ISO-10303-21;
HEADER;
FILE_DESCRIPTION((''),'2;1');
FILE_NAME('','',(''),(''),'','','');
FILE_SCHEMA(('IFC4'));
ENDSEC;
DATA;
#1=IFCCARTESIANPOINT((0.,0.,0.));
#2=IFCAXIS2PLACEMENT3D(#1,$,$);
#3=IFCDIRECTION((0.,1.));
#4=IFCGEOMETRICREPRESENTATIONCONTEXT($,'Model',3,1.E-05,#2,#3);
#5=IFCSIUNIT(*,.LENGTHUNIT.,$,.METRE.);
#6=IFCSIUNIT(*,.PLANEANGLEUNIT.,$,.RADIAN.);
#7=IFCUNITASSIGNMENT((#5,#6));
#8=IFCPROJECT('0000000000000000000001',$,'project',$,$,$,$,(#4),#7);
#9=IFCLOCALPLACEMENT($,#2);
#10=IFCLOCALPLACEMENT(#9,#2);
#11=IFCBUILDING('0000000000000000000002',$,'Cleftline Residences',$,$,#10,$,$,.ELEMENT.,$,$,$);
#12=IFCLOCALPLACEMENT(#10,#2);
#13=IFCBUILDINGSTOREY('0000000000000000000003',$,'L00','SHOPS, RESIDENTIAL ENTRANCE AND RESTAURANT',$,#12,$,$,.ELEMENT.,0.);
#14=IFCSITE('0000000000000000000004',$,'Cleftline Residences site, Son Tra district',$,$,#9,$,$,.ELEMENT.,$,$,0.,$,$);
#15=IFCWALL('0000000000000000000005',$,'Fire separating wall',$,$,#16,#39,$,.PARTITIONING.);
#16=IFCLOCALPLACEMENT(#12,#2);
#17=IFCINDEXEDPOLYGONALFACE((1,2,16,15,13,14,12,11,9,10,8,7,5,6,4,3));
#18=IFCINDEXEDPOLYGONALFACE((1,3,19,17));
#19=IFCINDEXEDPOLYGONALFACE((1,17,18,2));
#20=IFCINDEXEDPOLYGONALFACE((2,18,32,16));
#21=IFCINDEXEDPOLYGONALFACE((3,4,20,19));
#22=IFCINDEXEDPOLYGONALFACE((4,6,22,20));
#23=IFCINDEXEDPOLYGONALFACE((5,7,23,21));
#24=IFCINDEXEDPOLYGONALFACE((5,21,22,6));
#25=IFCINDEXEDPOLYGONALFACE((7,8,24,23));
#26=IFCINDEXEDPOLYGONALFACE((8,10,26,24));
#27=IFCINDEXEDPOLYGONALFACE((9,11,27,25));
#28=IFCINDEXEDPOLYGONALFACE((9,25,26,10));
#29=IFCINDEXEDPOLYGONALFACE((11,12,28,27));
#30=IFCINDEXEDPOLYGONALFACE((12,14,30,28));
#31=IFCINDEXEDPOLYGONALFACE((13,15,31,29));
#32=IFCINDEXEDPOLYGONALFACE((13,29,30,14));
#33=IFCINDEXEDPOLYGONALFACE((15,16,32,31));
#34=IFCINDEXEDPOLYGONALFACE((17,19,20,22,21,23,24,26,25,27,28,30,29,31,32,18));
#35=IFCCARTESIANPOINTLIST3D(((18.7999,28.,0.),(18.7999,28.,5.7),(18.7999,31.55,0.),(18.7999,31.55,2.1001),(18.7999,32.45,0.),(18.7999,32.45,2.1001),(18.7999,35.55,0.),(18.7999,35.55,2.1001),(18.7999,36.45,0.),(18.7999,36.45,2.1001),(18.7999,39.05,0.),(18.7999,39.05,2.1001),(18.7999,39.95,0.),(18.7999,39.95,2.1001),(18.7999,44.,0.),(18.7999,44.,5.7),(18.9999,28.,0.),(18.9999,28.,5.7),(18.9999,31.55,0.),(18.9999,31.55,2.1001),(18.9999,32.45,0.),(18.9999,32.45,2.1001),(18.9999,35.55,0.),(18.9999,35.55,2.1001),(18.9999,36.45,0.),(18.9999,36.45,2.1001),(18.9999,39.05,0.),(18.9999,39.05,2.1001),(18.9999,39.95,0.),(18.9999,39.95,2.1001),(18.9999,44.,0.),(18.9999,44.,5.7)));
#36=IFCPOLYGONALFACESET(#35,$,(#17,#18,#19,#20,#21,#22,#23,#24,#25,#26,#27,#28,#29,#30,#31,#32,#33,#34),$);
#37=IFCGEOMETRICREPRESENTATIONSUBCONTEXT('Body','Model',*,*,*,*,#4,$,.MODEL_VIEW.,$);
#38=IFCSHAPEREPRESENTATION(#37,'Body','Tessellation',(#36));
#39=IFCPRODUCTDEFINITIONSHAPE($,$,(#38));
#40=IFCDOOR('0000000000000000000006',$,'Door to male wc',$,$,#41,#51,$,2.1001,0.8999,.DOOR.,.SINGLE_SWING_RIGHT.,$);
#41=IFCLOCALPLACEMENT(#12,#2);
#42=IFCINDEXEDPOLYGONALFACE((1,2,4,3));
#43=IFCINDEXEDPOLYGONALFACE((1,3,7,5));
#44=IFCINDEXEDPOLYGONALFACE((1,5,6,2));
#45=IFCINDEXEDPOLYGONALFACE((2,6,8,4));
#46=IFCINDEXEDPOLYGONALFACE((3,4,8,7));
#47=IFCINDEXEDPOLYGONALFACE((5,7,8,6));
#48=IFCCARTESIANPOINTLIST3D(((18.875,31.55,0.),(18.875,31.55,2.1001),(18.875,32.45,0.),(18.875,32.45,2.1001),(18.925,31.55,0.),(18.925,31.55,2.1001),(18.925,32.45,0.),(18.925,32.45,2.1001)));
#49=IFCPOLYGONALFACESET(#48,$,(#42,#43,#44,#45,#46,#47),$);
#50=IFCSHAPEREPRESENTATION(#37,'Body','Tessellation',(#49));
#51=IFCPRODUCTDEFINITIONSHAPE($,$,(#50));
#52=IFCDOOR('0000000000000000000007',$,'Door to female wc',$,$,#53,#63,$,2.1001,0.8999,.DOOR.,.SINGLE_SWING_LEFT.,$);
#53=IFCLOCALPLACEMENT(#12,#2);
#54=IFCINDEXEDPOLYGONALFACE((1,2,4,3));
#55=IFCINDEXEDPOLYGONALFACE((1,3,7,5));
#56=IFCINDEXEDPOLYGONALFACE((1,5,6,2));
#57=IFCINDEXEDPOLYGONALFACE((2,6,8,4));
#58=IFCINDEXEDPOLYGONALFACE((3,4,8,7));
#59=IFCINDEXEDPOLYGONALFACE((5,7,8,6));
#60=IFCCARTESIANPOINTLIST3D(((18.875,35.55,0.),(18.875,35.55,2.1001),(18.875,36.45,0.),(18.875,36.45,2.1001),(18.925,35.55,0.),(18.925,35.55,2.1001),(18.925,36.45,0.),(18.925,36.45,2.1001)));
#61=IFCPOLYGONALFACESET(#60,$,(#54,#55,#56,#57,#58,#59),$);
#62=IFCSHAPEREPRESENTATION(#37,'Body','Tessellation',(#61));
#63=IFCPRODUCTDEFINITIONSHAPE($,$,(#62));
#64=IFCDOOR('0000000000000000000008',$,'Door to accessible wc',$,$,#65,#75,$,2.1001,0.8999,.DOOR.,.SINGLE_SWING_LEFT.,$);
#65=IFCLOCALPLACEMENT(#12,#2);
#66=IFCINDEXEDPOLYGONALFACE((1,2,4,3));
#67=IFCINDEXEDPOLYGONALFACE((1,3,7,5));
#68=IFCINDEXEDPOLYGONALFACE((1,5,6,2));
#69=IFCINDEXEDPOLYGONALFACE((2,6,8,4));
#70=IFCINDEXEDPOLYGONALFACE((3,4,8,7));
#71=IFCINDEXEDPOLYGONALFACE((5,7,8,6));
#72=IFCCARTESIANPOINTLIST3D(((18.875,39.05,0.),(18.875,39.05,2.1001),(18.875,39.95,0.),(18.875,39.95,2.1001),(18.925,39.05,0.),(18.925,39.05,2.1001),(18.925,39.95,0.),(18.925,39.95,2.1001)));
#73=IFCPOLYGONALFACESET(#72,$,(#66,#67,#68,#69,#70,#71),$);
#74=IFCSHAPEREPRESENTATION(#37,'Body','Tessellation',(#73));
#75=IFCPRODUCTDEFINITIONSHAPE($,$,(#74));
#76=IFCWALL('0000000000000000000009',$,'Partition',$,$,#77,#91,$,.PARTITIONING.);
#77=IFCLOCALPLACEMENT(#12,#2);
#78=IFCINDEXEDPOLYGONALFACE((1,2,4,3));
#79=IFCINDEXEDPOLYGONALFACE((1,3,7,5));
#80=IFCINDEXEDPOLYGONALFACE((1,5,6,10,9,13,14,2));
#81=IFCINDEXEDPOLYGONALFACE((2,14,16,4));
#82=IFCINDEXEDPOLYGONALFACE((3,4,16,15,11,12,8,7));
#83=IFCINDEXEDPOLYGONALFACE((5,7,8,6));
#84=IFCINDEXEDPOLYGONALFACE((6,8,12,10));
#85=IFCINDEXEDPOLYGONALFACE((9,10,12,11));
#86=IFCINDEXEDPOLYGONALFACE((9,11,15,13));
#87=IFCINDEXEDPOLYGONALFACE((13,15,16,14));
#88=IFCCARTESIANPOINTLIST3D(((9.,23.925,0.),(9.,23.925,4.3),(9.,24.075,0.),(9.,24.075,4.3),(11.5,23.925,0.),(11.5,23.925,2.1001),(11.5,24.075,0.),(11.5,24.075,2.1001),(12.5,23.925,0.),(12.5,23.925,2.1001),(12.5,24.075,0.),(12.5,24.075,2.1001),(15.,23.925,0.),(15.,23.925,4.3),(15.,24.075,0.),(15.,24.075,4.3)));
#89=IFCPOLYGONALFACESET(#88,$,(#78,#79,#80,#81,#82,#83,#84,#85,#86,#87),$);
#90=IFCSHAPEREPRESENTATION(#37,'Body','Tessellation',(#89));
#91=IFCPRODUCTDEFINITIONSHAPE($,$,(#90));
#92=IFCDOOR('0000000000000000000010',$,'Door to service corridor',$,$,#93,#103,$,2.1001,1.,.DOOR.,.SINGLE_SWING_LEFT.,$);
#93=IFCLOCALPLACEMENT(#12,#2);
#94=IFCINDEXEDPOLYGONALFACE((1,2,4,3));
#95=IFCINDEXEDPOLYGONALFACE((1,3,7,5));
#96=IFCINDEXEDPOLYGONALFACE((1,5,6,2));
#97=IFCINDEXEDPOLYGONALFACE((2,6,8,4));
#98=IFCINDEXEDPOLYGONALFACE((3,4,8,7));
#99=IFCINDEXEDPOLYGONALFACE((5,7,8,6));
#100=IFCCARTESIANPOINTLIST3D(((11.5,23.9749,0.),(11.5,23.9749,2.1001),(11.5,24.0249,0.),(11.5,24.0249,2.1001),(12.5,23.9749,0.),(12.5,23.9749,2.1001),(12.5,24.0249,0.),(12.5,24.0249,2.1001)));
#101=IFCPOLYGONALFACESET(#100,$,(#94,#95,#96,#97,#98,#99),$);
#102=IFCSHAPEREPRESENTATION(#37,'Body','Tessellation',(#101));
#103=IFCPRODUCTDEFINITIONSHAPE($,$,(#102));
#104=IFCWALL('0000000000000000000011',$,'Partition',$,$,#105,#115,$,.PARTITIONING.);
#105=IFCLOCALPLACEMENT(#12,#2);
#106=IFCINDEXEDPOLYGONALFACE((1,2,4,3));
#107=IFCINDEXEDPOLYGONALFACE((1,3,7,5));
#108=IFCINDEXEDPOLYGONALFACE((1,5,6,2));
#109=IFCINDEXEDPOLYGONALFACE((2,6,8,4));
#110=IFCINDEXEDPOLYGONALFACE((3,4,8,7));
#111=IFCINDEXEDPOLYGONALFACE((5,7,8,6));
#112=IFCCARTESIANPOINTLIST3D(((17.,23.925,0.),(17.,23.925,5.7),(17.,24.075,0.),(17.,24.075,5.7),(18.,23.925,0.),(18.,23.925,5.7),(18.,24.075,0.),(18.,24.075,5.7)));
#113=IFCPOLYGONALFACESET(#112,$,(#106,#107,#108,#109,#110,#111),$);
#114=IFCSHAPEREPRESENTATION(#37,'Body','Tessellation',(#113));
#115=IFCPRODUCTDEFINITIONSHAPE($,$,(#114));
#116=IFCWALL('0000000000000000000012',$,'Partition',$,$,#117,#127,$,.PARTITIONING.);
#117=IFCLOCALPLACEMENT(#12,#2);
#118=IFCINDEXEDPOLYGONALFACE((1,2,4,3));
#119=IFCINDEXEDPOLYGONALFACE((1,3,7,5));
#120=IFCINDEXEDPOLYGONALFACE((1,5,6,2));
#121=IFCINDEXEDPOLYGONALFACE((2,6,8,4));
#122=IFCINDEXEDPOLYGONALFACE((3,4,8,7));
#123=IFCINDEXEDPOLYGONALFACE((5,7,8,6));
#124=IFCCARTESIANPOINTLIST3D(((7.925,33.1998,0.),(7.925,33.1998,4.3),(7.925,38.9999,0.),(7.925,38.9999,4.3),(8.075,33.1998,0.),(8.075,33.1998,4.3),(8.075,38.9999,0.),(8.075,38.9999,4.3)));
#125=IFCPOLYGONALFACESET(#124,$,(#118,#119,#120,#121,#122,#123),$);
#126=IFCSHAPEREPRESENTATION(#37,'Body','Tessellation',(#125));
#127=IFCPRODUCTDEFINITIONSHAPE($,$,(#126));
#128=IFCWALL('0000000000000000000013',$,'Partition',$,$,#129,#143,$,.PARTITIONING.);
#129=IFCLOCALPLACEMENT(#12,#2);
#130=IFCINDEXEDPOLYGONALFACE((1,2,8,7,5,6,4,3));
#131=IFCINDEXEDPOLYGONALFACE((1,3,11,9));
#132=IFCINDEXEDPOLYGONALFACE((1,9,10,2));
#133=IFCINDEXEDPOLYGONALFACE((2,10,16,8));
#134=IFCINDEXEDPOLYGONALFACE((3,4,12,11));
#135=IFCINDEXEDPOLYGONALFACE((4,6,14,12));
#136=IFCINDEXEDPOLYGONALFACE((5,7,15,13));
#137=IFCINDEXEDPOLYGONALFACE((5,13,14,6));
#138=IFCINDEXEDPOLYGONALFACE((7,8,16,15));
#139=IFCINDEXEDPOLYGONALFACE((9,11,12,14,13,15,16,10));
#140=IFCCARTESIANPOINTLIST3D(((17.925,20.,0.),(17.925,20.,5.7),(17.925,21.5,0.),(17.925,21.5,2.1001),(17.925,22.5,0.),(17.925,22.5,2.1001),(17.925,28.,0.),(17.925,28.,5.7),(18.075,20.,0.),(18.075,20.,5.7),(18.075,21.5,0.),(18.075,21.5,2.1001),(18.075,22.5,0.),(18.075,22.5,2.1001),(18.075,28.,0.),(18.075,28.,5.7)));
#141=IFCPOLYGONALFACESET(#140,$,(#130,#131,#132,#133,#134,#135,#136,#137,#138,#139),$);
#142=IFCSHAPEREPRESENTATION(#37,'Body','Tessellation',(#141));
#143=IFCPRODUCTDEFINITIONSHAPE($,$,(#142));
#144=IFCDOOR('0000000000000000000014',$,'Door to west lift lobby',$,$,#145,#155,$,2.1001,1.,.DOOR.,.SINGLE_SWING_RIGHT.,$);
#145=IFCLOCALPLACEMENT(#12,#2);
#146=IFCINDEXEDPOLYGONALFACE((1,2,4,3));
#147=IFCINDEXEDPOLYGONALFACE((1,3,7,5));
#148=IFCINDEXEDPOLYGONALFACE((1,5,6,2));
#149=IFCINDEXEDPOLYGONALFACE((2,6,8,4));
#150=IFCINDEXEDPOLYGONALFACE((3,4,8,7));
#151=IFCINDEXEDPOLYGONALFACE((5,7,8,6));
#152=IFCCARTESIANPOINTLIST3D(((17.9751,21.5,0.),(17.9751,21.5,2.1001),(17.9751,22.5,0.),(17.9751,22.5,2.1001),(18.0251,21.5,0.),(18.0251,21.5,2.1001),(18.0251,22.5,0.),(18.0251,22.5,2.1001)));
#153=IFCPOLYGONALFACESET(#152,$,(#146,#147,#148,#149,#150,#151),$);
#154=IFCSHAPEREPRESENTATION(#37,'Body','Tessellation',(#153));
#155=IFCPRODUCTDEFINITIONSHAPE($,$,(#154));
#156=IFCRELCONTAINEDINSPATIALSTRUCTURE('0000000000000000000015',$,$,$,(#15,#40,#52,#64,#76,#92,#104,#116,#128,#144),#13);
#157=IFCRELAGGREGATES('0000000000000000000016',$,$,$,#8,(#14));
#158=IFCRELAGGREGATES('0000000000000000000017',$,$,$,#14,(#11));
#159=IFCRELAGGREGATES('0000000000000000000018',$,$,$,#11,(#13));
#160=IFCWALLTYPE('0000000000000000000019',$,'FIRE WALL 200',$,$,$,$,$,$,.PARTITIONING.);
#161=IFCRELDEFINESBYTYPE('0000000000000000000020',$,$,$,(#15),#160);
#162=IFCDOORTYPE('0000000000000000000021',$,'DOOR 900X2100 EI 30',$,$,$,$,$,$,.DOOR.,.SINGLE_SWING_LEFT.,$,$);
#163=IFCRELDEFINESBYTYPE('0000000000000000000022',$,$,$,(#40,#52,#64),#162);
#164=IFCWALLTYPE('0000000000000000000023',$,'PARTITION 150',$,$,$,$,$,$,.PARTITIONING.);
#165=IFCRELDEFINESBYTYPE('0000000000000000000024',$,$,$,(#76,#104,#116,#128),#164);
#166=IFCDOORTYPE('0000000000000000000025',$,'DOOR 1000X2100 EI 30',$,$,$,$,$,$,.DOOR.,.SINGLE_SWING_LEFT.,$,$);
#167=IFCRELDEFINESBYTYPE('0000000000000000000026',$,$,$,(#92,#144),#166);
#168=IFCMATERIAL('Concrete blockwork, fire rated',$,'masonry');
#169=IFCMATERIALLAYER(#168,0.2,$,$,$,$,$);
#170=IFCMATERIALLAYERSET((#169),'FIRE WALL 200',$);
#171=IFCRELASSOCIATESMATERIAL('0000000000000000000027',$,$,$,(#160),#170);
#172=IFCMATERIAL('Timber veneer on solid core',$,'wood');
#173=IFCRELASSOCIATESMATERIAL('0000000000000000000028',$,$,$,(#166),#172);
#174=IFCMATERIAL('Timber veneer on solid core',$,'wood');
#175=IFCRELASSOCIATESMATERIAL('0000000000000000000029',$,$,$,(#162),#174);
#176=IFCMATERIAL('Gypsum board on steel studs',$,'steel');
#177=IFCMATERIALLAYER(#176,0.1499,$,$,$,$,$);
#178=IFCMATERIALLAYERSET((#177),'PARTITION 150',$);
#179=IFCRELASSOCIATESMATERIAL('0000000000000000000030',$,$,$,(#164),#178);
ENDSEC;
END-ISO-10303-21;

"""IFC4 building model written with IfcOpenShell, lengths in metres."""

from ifc_helpers import new_model, si_unit, direction, frame, frame_2d, origin, place, context, subcontext, project, spatial, rectangle, extrude, material, layer, layer_set, type_object, element, fill, save


model = new_model("IFC4")

# Units and contexts
model_context = context("Model", 3, precision=1e-05, world=origin(), true_north=direction((0.0, 1.0)))
body_context = subcontext(model_context, "Body", "Model", "MODEL_VIEW")
ifc_project = project(units=[si_unit("LENGTHUNIT", "METRE"), si_unit("PLANEANGLEUNIT", "RADIAN")], contexts=[model_context])

# Site, building, storey
site_placement = place(None, origin())
site = spatial("IfcSite", under=ifc_project, at=site_placement, Name="Cleftline Residences site, Son Tra district", CompositionType="ELEMENT", RefElevation=0.0)
building_placement = place(site_placement, origin())
building = spatial("IfcBuilding", under=site, at=building_placement, Name="Cleftline Residences", CompositionType="ELEMENT")
storey_placement = place(building_placement, origin())
storey = spatial("IfcBuildingStorey", under=building, at=storey_placement, Name="L00", Description="SHOPS, RESIDENTIAL ENTRANCE AND RESTAURANT", CompositionType="ELEMENT", Elevation=0.0)

# Shared definitions
ifc_material_1 = material(Name="Concrete blockwork, fire rated", Category="masonry")
ifc_layer_1 = layer(ifc_material_1, 0.2)
ifc_layer_set_1 = layer_set([ifc_layer_1], Name="FIRE WALL 200")
wall_type_1 = type_object("IfcWallType", Name="FIRE WALL 200", PredefinedType="PARTITIONING", material=ifc_layer_set_1)

# Shared definitions
ifc_material_2 = material(Name="Timber veneer on solid core", Category="wood")
door_type_1 = type_object("IfcDoorType", Name="DOOR 1000X2100 EI 30", OperationType="SINGLE_SWING_LEFT", PredefinedType="DOOR", material=ifc_material_2)

# Wall, openings, doors
wall_1_placement = place(storey_placement, frame((18.8999, 28.0, 0.0), z_axis=(0.0, 0.0, 1.0), x_axis=(0.0, 1.0, 0.0)))
wall_1 = element("IfcWall", 1, at=wall_1_placement, inside=storey, type_object=wall_type_1, Name="Fire separating wall", PredefinedType="PARTITIONING", context=body_context, shape_type="SweptSolid", body=[
    extrude(rectangle(XDim=16.0, YDim=0.2, at=frame_2d((8.0, 0.0))), origin(), (0.0, 0.0, 1.0), 5.7),
])
opening_1_placement = place(wall_1_placement, frame((3.55, 0.0, 0.0)))
opening_1 = element("IfcOpeningElement", 2, at=opening_1_placement, cuts=wall_1, PredefinedType="OPENING", context=body_context, shape_type="SweptSolid", body=[
    extrude(rectangle(XDim=0.8999, YDim=2.1001, at=frame_2d((0.45, 1.05))), frame((0.0, 0.1099, 0.0), z_axis=(0.0, -1.0, 0.0), x_axis=(1.0, 0.0, 0.0)), (0.0, 0.0, 1.0), 0.22),
])
opening_2_placement = place(wall_1_placement, frame((7.55, 0.0, 0.0)))
opening_2 = element("IfcOpeningElement", 3, at=opening_2_placement, cuts=wall_1, PredefinedType="OPENING", context=body_context, shape_type="SweptSolid", body=[
    extrude(rectangle(XDim=0.8999, YDim=2.1001, at=frame_2d((0.45, 1.05))), frame((0.0, 0.1099, 0.0), z_axis=(0.0, -1.0, 0.0), x_axis=(1.0, 0.0, 0.0)), (0.0, 0.0, 1.0), 0.22),
])
opening_3_placement = place(wall_1_placement, frame((11.05, 0.0, 0.0)))
opening_3 = element("IfcOpeningElement", 4, at=opening_3_placement, cuts=wall_1, PredefinedType="OPENING", context=body_context, shape_type="SweptSolid", body=[
    extrude(rectangle(XDim=0.8999, YDim=2.1001, at=frame_2d((0.45, 1.05))), frame((0.0, 0.1099, 0.0), z_axis=(0.0, -1.0, 0.0), x_axis=(1.0, 0.0, 0.0)), (0.0, 0.0, 1.0), 0.22),
])
ifc_material_3 = material(Name="Timber veneer on solid core", Category="wood")
door_type_2 = type_object("IfcDoorType", Name="DOOR 900X2100 EI 30", OperationType="SINGLE_SWING_LEFT", PredefinedType="DOOR", material=ifc_material_3)
door_1_placement = place(opening_1_placement, origin())
door_1 = element("IfcDoor", 5, at=door_1_placement, inside=storey, type_object=door_type_2, Name="Door to male wc", OperationType="SINGLE_SWING_RIGHT", OverallHeight=2.1001, OverallWidth=0.8999, PredefinedType="DOOR", context=body_context, shape_type="SweptSolid", body=[
    extrude(rectangle(XDim=0.8999, YDim=2.1001, at=frame_2d((0.45, 1.05))), frame((0.0, 0.0249, 0.0), z_axis=(0.0, -1.0, 0.0), x_axis=(1.0, 0.0, 0.0)), (0.0, 0.0, 1.0), 0.05),
])
fill(opening_1, door_1)
door_2_placement = place(opening_2_placement, origin())
door_2 = element("IfcDoor", 6, at=door_2_placement, inside=storey, type_object=door_type_2, Name="Door to female wc", OperationType="SINGLE_SWING_LEFT", OverallHeight=2.1001, OverallWidth=0.8999, PredefinedType="DOOR", context=body_context, shape_type="SweptSolid", body=[
    extrude(rectangle(XDim=0.8999, YDim=2.1001, at=frame_2d((0.45, 1.05))), frame((0.0, 0.0249, 0.0), z_axis=(0.0, -1.0, 0.0), x_axis=(1.0, 0.0, 0.0)), (0.0, 0.0, 1.0), 0.05),
])
fill(opening_2, door_2)
door_3_placement = place(opening_3_placement, origin())
door_3 = element("IfcDoor", 7, at=door_3_placement, inside=storey, type_object=door_type_2, Name="Door to accessible wc", OperationType="SINGLE_SWING_LEFT", OverallHeight=2.1001, OverallWidth=0.8999, PredefinedType="DOOR", context=body_context, shape_type="SweptSolid", body=[
    extrude(rectangle(XDim=0.8999, YDim=2.1001, at=frame_2d((0.45, 1.05))), frame((0.0, 0.0249, 0.0), z_axis=(0.0, -1.0, 0.0), x_axis=(1.0, 0.0, 0.0)), (0.0, 0.0, 1.0), 0.05),
])
fill(opening_3, door_3)

# Wall, opening, door
ifc_material_4 = material(Name="Gypsum board on steel studs", Category="steel")
ifc_layer_2 = layer(ifc_material_4, 0.1499)
ifc_layer_set_2 = layer_set([ifc_layer_2], Name="PARTITION 150")
wall_type_2 = type_object("IfcWallType", Name="PARTITION 150", PredefinedType="PARTITIONING", material=ifc_layer_set_2)
wall_2_placement = place(storey_placement, frame((9.0, 24.0, 0.0), z_axis=(0.0, 0.0, 1.0), x_axis=(1.0, 0.0, 0.0)))
wall_2 = element("IfcWall", 8, at=wall_2_placement, inside=storey, type_object=wall_type_2, Name="Partition", PredefinedType="PARTITIONING", context=body_context, shape_type="SweptSolid", body=[
    extrude(rectangle(XDim=6.0, YDim=0.1499, at=frame_2d((3.0, 0.0))), origin(), (0.0, 0.0, 1.0), 4.3),
])
opening_4_placement = place(wall_2_placement, frame((2.5, 0.0, 0.0)))
opening_4 = element("IfcOpeningElement", 9, at=opening_4_placement, cuts=wall_2, PredefinedType="OPENING", context=body_context, shape_type="SweptSolid", body=[
    extrude(rectangle(XDim=1.0, YDim=2.1001, at=frame_2d((0.5, 1.05))), frame((0.0, 0.085, 0.0), z_axis=(0.0, -1.0, 0.0), x_axis=(1.0, 0.0, 0.0)), (0.0, 0.0, 1.0), 0.1699),
])
door_4_placement = place(opening_4_placement, origin())
door_4 = element("IfcDoor", 10, at=door_4_placement, inside=storey, type_object=door_type_1, Name="Door to service corridor", OperationType="SINGLE_SWING_LEFT", OverallHeight=2.1001, OverallWidth=1.0, PredefinedType="DOOR", context=body_context, shape_type="SweptSolid", body=[
    extrude(rectangle(XDim=1.0, YDim=2.1001, at=frame_2d((0.5, 1.05))), frame((0.0, 0.0249, 0.0), z_axis=(0.0, -1.0, 0.0), x_axis=(1.0, 0.0, 0.0)), (0.0, 0.0, 1.0), 0.05),
])
fill(opening_4, door_4)

# Walls
wall_3_placement = place(storey_placement, frame((17.0, 24.0, 0.0), z_axis=(0.0, 0.0, 1.0), x_axis=(1.0, 0.0, 0.0)))
element("IfcWall", 11, at=wall_3_placement, inside=storey, type_object=wall_type_2, Name="Partition", PredefinedType="PARTITIONING", context=body_context, shape_type="SweptSolid", body=[
    extrude(rectangle(XDim=1.0, YDim=0.1499, at=frame_2d((0.5, 0.0))), origin(), (0.0, 0.0, 1.0), 5.7),
])
wall_4_placement = place(storey_placement, frame((8.0, 33.2, 0.0), z_axis=(0.0, 0.0, 1.0), x_axis=(0.0, 1.0, 0.0)))
element("IfcWall", 12, at=wall_4_placement, inside=storey, type_object=wall_type_2, Name="Partition", PredefinedType="PARTITIONING", context=body_context, shape_type="SweptSolid", body=[
    extrude(rectangle(XDim=5.8, YDim=0.1499, at=frame_2d((2.8999, 0.0))), origin(), (0.0, 0.0, 1.0), 4.3),
])

# Wall, opening, door
wall_5_placement = place(storey_placement, frame((18.0, 20.0, 0.0), z_axis=(0.0, 0.0, 1.0), x_axis=(0.0, 1.0, 0.0)))
wall_5 = element("IfcWall", 13, at=wall_5_placement, inside=storey, type_object=wall_type_2, Name="Partition", PredefinedType="PARTITIONING", context=body_context, shape_type="SweptSolid", body=[
    extrude(rectangle(XDim=8.0, YDim=0.1499, at=frame_2d((4.0, 0.0))), origin(), (0.0, 0.0, 1.0), 5.7),
])
opening_5_placement = place(wall_5_placement, frame((1.5, 0.0, 0.0)))
opening_5 = element("IfcOpeningElement", 14, at=opening_5_placement, cuts=wall_5, PredefinedType="OPENING", context=body_context, shape_type="SweptSolid", body=[
    extrude(rectangle(XDim=1.0, YDim=2.1001, at=frame_2d((0.5, 1.05))), frame((0.0, 0.085, 0.0), z_axis=(0.0, -1.0, 0.0), x_axis=(1.0, 0.0, 0.0)), (0.0, 0.0, 1.0), 0.1699),
])
door_5_placement = place(opening_5_placement, origin())
door_5 = element("IfcDoor", 15, at=door_5_placement, inside=storey, type_object=door_type_1, Name="Door to west lift lobby", OperationType="SINGLE_SWING_RIGHT", OverallHeight=2.1001, OverallWidth=1.0, PredefinedType="DOOR", context=body_context, shape_type="SweptSolid", body=[
    extrude(rectangle(XDim=1.0, YDim=2.1001, at=frame_2d((0.5, 1.05))), frame((0.0, 0.0249, 0.0), z_axis=(0.0, -1.0, 0.0), x_axis=(1.0, 0.0, 0.0)), (0.0, 0.0, 1.0), 0.05),
])
fill(opening_5, door_5)

save(model, "model.ifc")
